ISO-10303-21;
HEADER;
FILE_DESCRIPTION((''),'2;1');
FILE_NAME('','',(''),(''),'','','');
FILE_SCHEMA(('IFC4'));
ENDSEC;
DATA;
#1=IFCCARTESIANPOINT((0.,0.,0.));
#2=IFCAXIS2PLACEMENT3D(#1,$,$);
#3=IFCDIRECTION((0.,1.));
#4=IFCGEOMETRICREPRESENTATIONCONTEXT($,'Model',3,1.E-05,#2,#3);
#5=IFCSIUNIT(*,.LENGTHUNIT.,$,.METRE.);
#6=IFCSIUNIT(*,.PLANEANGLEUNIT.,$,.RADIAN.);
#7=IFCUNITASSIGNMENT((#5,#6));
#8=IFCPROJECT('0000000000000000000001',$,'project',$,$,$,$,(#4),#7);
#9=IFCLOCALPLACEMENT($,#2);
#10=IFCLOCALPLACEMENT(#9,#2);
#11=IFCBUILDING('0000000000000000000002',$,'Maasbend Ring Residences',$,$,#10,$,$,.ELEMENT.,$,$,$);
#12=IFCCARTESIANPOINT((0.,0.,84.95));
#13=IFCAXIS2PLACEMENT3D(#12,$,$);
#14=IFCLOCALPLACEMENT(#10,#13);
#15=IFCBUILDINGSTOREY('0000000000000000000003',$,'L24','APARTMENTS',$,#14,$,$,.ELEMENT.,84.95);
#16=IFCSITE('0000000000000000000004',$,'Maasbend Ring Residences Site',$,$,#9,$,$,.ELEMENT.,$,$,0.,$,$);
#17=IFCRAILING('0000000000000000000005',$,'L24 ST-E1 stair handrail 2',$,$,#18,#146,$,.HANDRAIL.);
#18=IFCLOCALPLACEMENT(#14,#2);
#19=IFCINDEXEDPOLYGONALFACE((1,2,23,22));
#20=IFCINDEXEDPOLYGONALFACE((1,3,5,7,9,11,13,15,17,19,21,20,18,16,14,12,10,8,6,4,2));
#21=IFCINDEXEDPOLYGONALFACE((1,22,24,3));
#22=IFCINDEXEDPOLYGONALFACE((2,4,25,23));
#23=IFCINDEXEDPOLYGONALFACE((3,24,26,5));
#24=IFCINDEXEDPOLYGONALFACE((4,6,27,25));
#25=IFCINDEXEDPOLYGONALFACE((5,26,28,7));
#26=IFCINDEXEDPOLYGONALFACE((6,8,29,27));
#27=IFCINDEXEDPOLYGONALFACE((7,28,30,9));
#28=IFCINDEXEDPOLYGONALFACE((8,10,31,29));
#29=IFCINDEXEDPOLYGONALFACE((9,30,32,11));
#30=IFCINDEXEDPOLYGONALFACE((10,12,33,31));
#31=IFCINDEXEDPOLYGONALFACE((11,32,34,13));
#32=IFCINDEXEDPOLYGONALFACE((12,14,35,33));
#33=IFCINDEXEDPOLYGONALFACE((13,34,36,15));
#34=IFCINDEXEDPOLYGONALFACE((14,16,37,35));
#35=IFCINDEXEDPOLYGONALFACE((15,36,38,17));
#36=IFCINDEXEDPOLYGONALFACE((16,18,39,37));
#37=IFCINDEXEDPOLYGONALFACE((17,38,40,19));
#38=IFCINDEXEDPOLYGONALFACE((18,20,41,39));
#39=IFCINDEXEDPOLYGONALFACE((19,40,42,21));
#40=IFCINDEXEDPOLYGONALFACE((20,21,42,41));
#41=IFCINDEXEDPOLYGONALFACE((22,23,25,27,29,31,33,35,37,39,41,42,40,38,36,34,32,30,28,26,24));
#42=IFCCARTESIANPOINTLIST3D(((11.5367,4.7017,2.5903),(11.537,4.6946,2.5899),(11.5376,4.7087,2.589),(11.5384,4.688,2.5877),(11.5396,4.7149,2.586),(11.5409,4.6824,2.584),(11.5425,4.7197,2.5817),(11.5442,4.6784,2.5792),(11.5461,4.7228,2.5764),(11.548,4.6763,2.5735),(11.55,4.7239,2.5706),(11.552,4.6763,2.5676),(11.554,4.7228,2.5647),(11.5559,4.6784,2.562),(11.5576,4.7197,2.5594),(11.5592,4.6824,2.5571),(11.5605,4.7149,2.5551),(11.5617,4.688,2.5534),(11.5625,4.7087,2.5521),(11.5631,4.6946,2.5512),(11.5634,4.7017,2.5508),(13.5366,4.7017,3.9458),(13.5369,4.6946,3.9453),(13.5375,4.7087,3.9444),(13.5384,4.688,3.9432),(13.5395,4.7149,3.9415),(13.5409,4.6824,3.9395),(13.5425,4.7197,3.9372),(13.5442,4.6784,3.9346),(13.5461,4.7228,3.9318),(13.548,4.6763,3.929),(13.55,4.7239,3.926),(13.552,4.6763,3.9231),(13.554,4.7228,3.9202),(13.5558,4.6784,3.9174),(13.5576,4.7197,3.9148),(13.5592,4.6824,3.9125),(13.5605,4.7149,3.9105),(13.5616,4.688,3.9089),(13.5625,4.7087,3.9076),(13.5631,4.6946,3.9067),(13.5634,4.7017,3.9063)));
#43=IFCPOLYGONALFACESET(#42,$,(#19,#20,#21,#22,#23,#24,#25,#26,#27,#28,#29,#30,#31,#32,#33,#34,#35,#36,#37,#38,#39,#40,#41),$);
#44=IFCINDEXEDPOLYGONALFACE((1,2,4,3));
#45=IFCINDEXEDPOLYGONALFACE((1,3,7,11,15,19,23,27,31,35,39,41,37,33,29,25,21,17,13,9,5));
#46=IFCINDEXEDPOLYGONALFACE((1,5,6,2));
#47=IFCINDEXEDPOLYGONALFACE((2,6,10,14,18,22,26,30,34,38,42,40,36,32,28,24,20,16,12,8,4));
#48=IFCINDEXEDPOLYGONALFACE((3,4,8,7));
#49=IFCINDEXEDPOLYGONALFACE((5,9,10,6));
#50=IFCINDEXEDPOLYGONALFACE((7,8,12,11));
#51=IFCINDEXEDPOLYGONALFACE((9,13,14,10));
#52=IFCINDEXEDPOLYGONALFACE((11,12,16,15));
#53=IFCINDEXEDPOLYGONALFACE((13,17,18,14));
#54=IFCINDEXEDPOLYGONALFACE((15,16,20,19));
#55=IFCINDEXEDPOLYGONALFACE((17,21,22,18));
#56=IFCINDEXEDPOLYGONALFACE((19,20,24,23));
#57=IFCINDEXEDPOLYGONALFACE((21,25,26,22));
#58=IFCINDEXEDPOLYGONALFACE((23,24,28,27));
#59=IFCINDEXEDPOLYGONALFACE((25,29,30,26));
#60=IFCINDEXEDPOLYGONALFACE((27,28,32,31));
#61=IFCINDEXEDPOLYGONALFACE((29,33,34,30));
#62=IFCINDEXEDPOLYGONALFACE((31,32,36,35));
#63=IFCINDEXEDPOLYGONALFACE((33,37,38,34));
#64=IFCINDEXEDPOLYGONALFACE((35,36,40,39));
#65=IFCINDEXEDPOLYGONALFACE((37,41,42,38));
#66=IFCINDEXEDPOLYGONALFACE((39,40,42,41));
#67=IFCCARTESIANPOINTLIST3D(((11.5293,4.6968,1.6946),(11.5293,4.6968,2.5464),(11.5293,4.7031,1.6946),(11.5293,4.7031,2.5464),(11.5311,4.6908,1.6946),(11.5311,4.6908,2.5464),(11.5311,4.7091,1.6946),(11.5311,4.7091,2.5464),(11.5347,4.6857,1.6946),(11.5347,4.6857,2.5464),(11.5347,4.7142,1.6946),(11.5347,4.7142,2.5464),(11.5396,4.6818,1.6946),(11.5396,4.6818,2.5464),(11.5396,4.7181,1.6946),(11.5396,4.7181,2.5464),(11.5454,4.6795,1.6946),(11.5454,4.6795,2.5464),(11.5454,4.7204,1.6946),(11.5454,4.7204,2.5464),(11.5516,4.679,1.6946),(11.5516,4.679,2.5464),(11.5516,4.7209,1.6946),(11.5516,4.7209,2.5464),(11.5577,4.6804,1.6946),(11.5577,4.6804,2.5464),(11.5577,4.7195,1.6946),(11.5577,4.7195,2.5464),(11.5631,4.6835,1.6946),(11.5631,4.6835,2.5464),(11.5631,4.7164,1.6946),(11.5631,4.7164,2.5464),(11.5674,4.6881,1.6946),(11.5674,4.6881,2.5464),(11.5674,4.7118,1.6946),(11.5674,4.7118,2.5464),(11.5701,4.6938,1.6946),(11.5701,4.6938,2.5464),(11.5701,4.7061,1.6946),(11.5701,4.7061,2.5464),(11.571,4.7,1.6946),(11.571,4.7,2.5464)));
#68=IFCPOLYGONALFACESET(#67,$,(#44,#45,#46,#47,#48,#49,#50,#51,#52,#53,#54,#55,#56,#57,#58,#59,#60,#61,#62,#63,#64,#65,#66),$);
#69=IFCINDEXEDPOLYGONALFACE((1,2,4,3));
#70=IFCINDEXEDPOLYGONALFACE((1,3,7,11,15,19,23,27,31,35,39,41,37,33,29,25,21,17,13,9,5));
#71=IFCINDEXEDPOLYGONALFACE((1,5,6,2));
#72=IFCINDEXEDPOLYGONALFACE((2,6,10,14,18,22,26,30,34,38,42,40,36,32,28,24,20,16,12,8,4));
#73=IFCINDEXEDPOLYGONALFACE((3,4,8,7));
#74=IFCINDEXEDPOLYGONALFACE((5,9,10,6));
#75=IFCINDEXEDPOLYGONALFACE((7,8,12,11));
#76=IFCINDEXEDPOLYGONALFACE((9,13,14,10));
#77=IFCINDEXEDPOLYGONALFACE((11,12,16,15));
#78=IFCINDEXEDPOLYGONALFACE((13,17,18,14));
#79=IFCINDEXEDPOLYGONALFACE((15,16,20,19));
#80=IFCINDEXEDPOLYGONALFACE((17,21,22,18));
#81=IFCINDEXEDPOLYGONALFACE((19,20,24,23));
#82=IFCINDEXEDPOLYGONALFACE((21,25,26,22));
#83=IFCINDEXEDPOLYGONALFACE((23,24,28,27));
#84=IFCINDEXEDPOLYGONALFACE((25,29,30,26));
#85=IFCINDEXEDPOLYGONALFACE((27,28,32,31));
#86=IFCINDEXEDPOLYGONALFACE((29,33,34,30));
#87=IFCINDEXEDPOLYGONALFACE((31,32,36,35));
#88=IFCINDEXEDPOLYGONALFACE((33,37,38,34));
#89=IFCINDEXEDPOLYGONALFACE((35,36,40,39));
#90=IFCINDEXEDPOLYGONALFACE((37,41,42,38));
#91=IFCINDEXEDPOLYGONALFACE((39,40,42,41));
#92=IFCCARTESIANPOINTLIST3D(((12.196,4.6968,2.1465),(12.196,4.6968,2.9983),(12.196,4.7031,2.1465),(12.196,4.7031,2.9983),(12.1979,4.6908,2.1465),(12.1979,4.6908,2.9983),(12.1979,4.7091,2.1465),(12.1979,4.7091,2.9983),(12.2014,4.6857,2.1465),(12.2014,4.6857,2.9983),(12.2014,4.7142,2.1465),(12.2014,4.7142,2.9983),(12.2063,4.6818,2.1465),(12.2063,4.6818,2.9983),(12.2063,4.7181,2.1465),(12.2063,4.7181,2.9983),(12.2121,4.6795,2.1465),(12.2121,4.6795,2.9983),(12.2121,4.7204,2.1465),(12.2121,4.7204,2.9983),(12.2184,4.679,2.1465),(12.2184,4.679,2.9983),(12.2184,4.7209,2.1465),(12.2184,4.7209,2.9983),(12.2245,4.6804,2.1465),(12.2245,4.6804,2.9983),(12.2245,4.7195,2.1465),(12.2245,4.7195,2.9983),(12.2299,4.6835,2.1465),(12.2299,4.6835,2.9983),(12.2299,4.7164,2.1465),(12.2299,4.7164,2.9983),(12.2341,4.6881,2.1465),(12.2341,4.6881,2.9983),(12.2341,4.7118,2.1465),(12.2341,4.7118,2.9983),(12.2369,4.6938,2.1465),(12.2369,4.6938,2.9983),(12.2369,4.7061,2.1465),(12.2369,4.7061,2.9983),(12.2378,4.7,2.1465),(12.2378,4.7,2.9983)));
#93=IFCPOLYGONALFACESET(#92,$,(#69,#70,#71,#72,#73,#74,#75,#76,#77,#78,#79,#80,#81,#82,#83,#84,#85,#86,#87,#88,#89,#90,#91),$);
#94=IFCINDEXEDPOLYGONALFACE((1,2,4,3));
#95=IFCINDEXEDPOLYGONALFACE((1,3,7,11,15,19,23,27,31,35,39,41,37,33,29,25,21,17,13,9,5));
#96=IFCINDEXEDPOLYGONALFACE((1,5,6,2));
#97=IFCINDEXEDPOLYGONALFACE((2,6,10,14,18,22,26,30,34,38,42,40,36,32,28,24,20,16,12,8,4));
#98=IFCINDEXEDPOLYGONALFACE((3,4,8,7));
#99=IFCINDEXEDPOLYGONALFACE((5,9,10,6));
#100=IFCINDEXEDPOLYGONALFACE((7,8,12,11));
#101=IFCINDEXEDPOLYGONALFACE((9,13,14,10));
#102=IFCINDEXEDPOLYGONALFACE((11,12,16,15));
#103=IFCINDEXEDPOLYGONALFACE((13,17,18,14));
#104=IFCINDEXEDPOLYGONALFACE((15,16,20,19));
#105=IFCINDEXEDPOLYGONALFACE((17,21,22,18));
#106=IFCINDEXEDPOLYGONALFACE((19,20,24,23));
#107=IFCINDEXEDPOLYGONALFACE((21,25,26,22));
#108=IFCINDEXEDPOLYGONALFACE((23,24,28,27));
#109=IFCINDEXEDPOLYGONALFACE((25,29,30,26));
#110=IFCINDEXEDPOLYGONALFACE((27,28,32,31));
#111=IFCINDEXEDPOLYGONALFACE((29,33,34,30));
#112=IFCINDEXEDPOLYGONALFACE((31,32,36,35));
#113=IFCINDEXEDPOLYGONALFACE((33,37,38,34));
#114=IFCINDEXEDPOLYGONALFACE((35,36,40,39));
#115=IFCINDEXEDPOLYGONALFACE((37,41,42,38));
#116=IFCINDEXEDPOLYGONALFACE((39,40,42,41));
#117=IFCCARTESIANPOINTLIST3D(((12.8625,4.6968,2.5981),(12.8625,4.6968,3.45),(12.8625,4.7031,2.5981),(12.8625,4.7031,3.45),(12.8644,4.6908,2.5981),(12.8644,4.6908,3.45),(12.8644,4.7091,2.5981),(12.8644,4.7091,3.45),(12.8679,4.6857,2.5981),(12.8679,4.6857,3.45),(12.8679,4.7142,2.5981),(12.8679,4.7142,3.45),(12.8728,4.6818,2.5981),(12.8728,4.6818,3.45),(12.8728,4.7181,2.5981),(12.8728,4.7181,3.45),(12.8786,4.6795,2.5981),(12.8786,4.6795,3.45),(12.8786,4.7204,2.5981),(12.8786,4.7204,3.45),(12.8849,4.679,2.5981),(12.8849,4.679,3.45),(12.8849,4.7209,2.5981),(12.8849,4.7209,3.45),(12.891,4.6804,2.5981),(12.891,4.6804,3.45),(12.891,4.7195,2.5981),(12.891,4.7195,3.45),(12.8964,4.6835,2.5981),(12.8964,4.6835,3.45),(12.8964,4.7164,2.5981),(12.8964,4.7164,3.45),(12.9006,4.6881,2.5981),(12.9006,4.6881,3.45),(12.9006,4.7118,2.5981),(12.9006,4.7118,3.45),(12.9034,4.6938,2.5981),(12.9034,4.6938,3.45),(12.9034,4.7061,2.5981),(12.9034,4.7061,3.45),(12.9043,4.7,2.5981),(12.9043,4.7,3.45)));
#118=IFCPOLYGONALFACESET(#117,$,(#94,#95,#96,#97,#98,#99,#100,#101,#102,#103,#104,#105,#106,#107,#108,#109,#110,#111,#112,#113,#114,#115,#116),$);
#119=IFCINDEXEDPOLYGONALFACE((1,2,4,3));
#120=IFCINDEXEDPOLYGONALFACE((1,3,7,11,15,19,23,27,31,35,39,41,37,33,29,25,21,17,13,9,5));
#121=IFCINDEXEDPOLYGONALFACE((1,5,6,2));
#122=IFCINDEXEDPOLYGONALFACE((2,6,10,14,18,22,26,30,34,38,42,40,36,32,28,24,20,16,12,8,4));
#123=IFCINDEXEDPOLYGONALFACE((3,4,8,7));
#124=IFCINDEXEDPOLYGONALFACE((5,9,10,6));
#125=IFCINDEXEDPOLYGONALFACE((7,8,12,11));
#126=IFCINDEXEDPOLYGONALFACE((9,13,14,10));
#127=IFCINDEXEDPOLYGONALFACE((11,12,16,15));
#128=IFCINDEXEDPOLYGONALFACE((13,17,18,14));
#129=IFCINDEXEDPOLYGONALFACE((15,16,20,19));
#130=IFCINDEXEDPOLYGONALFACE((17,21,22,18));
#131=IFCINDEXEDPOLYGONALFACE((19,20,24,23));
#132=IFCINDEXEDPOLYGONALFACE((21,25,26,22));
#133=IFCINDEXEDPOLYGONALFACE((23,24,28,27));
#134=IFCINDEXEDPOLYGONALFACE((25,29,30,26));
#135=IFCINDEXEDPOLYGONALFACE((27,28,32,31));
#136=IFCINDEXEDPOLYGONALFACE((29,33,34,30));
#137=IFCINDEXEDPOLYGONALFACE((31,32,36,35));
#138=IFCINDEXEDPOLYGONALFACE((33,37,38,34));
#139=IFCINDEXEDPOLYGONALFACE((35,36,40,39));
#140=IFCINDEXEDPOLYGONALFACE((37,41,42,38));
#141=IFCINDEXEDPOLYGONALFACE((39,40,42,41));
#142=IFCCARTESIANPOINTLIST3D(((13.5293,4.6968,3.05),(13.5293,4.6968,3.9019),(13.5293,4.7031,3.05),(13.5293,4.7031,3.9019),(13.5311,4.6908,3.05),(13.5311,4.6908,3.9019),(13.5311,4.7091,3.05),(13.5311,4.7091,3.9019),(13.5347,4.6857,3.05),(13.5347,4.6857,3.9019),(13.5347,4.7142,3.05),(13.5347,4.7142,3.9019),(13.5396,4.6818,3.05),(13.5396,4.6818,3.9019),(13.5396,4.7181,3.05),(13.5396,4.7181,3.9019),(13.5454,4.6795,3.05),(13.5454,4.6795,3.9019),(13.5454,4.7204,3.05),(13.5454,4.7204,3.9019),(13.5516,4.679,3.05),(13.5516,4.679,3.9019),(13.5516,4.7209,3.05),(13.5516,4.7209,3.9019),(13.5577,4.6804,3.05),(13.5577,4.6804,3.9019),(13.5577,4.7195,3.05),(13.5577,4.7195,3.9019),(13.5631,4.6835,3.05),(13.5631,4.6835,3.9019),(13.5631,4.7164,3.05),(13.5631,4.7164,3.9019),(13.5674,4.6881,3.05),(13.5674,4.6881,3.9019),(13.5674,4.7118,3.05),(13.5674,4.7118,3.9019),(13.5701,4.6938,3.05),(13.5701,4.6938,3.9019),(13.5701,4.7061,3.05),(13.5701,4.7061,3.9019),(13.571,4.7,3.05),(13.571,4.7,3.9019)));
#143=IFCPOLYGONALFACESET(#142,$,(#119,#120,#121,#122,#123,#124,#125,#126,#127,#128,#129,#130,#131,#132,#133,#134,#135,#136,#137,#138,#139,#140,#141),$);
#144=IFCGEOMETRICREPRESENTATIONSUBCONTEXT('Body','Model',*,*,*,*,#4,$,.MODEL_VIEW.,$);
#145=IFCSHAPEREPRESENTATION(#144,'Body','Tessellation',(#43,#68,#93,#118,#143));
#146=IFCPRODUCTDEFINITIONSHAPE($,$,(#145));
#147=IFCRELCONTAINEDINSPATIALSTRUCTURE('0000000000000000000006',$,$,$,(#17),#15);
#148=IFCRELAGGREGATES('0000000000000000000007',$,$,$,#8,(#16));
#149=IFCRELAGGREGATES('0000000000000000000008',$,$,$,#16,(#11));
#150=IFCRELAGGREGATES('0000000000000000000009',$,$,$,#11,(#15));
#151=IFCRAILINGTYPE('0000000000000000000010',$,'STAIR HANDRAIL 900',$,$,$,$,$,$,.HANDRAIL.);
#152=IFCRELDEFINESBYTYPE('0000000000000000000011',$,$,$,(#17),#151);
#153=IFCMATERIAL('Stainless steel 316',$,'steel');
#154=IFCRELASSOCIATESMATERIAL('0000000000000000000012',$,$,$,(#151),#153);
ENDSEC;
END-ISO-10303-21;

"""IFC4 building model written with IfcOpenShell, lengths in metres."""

from ifc_helpers import new_model, si_unit, direction, frame, origin, origin_2d, place, context, subcontext, project, spatial, circle, extrude, material, type_object, element, save


model = new_model("IFC4")

# Units and contexts
model_context = context("Model", 3, precision=1e-05, world=origin(), true_north=direction((0.0, 1.0)))
body_context = subcontext(model_context, "Body", "Model", "MODEL_VIEW")
ifc_project = project(units=[si_unit("LENGTHUNIT", "METRE"), si_unit("PLANEANGLEUNIT", "RADIAN")], contexts=[model_context])

# Site, building, storey
site_placement = place(None, origin())
site = spatial("IfcSite", under=ifc_project, at=site_placement, Name="Maasbend Ring Residences Site", CompositionType="ELEMENT", RefElevation=0.0)
building_placement = place(site_placement, origin())
building = spatial("IfcBuilding", under=site, at=building_placement, Name="Maasbend Ring Residences", CompositionType="ELEMENT")
storey_placement = place(building_placement, frame((0.0, 0.0, 84.95)))
storey = spatial("IfcBuildingStorey", under=building, at=storey_placement, Name="L24", Description="APARTMENTS", CompositionType="ELEMENT", Elevation=84.95)

# Railing
ifc_material_1 = material(Name="Stainless steel 316", Category="steel")
railing_type = type_object("IfcRailingType", Name="STAIR HANDRAIL 900", PredefinedType="HANDRAIL", material=ifc_material_1)
railing_1_placement = place(storey_placement, frame((11.55, 4.7, 1.6946)))
element("IfcRailing", 1, at=railing_1_placement, inside=storey, type_object=railing_type, Name="L24 ST-E1 stair handrail 2", PredefinedType="HANDRAIL", context=body_context, shape_type="SweptSolid", body=[
    extrude(circle(Radius=0.0239, at=origin_2d()), frame((0.0, 0.0, 0.876), z_axis=(0.827798, 0.0, 0.561027), x_axis=(0.0, 1.0, 0.0)), (0.0, 0.0, 1.0), 2.416),
    extrude(circle(Radius=0.021, at=origin_2d()), origin(), (0.0, 0.0, 1.0), 0.8518),
    extrude(circle(Radius=0.021, at=origin_2d()), frame((0.6667, 0.0, 0.4519)), (0.0, 0.0, 1.0), 0.8518),
    extrude(circle(Radius=0.021, at=origin_2d()), frame((1.3333, 0.0, 0.9036)), (0.0, 0.0, 1.0), 0.8518),
    extrude(circle(Radius=0.021, at=origin_2d()), frame((2.0, 0.0, 1.3555)), (0.0, 0.0, 1.0), 0.8518),
])

save(model, "model.ifc")
